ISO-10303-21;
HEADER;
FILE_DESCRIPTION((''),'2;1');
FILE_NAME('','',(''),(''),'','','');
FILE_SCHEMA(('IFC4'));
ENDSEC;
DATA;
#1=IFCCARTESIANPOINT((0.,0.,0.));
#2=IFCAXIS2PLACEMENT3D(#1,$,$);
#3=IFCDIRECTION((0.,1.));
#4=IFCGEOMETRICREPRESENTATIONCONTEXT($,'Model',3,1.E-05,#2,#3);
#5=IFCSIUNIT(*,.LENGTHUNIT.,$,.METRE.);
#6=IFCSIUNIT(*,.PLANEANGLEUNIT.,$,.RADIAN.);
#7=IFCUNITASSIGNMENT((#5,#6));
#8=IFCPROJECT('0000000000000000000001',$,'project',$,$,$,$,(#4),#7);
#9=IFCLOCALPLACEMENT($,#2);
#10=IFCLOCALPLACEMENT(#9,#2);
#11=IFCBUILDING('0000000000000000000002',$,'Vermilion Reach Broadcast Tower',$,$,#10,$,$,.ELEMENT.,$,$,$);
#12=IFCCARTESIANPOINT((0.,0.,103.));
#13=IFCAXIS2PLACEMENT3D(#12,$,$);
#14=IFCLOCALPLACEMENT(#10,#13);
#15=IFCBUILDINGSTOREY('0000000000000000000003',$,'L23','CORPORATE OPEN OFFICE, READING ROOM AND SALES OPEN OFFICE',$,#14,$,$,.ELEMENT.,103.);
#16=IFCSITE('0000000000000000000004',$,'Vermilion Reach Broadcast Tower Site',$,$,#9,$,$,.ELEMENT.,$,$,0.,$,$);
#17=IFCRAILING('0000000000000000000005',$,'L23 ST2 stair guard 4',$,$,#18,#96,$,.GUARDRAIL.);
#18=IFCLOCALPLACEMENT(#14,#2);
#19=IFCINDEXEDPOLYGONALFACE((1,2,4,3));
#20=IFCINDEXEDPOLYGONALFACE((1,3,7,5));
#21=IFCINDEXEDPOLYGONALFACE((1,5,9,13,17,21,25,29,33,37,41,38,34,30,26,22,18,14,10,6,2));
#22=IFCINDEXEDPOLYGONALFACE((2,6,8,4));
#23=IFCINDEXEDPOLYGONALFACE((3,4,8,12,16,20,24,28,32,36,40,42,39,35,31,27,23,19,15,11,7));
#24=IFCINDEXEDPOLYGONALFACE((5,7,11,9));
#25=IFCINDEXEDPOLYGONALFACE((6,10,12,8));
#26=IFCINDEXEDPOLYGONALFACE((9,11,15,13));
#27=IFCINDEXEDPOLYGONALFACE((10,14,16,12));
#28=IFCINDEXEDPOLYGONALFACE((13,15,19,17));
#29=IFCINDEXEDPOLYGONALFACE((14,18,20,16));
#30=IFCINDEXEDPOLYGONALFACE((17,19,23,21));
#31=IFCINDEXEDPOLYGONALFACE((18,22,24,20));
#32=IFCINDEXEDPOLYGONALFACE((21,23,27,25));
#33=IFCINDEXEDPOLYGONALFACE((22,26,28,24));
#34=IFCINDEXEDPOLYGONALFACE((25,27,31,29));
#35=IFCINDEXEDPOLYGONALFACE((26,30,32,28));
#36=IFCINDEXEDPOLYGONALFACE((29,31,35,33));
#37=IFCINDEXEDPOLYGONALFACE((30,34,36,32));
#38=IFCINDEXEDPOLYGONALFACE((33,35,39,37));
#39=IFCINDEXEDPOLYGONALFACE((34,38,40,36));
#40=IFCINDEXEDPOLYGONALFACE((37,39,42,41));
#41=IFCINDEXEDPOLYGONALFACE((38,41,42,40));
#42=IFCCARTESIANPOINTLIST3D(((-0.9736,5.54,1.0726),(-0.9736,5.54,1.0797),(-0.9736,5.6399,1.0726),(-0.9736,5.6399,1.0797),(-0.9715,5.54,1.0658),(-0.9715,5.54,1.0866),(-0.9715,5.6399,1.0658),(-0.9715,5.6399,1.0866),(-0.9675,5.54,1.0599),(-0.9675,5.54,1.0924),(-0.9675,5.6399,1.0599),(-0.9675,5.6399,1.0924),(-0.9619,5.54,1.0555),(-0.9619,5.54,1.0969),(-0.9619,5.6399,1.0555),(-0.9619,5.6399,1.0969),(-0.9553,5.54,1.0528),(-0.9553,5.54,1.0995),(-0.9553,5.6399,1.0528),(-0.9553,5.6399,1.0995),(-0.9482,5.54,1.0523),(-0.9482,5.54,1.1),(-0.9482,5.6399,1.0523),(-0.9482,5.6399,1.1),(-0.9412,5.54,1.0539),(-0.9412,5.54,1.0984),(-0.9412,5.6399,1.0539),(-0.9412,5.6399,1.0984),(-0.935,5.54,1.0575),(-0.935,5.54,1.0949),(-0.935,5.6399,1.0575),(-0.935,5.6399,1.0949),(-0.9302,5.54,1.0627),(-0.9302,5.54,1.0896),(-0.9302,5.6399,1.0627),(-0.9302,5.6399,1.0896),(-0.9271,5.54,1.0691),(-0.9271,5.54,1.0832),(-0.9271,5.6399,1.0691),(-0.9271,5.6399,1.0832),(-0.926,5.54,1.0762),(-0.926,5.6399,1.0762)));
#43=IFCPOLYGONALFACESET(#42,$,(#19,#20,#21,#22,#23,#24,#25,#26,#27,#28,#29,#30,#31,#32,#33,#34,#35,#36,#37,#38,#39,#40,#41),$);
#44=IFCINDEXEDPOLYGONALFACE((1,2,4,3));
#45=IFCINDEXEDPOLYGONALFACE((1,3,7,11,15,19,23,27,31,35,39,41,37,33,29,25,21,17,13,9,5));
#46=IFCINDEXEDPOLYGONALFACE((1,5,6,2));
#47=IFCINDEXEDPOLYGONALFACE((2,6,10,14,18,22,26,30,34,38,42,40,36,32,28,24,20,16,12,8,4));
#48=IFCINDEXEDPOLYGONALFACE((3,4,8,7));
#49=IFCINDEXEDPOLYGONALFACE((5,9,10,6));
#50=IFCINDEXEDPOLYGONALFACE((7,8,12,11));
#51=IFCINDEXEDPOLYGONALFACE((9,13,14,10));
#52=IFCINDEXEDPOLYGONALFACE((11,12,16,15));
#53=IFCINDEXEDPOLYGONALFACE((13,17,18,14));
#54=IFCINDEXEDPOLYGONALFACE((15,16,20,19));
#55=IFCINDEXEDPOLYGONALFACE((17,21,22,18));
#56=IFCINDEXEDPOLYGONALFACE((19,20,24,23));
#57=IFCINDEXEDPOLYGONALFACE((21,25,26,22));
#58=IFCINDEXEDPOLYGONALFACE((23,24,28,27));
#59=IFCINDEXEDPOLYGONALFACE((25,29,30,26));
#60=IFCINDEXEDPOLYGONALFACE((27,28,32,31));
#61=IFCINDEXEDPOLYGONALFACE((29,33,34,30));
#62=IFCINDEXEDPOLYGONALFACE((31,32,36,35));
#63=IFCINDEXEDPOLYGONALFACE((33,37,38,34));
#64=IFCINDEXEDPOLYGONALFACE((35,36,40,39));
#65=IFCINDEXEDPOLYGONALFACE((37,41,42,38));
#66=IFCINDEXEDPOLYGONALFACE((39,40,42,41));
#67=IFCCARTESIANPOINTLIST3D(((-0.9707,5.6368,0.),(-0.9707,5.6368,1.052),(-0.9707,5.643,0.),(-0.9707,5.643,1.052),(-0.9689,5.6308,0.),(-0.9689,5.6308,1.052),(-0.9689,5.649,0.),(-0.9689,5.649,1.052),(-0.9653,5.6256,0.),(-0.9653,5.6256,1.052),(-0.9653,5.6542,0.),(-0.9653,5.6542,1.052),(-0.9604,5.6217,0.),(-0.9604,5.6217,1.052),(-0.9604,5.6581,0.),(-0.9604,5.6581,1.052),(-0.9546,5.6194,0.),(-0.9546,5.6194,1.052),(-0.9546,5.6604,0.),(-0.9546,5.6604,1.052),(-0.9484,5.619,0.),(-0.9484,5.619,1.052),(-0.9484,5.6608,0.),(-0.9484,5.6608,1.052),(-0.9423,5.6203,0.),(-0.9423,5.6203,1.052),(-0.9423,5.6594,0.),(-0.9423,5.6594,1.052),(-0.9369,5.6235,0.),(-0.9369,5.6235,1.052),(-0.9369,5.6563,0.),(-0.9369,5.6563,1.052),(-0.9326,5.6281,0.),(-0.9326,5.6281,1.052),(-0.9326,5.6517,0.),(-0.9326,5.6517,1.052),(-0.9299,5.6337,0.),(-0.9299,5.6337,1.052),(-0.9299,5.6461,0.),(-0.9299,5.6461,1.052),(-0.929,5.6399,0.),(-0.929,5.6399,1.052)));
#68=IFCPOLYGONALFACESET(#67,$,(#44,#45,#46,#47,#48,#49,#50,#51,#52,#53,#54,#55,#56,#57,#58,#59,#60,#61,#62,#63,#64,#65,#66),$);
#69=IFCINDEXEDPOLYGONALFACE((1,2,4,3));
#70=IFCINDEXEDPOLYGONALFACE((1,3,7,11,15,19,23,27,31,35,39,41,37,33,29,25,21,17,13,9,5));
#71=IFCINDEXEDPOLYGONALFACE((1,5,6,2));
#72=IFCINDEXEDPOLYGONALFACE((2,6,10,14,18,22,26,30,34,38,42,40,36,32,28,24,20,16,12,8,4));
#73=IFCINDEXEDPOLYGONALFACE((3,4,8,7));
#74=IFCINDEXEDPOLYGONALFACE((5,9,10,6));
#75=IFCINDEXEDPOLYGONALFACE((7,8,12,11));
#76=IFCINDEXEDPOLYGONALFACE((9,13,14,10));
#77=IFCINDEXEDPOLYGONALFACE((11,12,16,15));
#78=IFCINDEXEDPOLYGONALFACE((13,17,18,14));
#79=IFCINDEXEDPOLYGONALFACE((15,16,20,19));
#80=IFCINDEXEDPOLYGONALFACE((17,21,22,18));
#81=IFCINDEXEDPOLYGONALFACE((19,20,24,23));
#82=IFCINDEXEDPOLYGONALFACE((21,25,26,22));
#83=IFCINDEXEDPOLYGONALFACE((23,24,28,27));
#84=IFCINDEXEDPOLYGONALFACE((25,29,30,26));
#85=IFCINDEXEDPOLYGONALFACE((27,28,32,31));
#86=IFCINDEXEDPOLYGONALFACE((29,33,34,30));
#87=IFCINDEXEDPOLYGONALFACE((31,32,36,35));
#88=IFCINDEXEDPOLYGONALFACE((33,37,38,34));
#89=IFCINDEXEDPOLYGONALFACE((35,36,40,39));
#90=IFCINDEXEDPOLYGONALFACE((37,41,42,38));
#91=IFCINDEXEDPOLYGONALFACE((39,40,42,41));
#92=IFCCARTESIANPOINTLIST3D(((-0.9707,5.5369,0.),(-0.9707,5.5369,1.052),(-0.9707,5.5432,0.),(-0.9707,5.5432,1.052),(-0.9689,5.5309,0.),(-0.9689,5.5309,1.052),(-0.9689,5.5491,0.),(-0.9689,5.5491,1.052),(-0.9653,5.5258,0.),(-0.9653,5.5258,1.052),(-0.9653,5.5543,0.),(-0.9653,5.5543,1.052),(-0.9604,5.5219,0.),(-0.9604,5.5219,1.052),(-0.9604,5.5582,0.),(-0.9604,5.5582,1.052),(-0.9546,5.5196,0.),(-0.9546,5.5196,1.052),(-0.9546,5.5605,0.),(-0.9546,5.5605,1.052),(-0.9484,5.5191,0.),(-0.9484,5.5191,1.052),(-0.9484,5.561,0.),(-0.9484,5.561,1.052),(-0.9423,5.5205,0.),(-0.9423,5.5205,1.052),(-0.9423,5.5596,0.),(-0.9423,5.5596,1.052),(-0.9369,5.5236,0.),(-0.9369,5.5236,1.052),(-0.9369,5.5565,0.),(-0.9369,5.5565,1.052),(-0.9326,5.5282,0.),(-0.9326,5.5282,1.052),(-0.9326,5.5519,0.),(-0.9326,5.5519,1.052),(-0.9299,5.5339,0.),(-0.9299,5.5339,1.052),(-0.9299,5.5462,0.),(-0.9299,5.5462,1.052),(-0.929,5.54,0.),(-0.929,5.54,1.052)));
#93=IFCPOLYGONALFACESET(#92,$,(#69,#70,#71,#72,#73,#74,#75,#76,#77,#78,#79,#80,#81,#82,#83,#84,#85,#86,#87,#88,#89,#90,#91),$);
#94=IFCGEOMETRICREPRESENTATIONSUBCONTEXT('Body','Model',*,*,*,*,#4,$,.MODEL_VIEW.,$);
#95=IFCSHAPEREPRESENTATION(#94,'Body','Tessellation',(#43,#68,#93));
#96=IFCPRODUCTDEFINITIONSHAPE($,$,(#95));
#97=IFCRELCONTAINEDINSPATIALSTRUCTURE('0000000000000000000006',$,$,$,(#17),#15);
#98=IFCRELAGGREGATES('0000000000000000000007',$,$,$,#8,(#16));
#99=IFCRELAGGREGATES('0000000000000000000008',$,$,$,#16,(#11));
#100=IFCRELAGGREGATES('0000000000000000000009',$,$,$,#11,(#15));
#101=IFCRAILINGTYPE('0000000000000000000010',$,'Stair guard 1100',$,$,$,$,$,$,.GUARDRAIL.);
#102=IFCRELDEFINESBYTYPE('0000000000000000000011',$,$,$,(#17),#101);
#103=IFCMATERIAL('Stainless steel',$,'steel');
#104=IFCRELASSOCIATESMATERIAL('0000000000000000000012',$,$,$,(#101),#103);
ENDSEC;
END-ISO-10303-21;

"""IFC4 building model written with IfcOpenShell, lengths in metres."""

from ifc_helpers import new_model, si_unit, direction, frame, origin, origin_2d, place, context, subcontext, project, spatial, circle, extrude, material, type_object, element, save


model = new_model("IFC4")

# Units and contexts
model_context = context("Model", 3, precision=1e-05, world=origin(), true_north=direction((0.0, 1.0)))
body_context = subcontext(model_context, "Body", "Model", "MODEL_VIEW")
ifc_project = project(units=[si_unit("LENGTHUNIT", "METRE"), si_unit("PLANEANGLEUNIT", "RADIAN")], contexts=[model_context])

# Site, building, storey
site_placement = place(None, origin())
site = spatial("IfcSite", under=ifc_project, at=site_placement, Name="Vermilion Reach Broadcast Tower Site", CompositionType="ELEMENT", RefElevation=0.0)
building_placement = place(site_placement, origin())
building = spatial("IfcBuilding", under=site, at=building_placement, Name="Vermilion Reach Broadcast Tower", CompositionType="ELEMENT")
storey_placement = place(building_placement, frame((0.0, 0.0, 103.0)))
storey = spatial("IfcBuildingStorey", under=building, at=storey_placement, Name="L23", Description="CORPORATE OPEN OFFICE, READING ROOM AND SALES OPEN OFFICE", CompositionType="ELEMENT", Elevation=103.0)

# Railing
ifc_material_1 = material(Name="Stainless steel", Category="steel")
railing_type_1 = type_object("IfcRailingType", Name="Stair guard 1100", PredefinedType="GUARDRAIL", material=ifc_material_1)
railing_1_placement = place(storey_placement, frame((-0.95, 5.6399, 0.0)))
element("IfcRailing", 1, at=railing_1_placement, inside=storey, type_object=railing_type_1, Name="L23 ST2 stair guard 4", PredefinedType="GUARDRAIL", context=body_context, shape_type="SweptSolid", body=[
    extrude(circle(Radius=0.0239, at=origin_2d()), frame((0.0, 0.0, 1.0762), z_axis=(0.0, -1.0, 0.0), x_axis=(1.0, 0.0, 0.0)), (0.0, 0.0, 1.0), 0.0999),
    extrude(circle(Radius=0.021, at=origin_2d()), origin(), (0.0, 0.0, 1.0), 1.052),
    extrude(circle(Radius=0.021, at=origin_2d()), frame((0.0, -0.0999, 0.0)), (0.0, 0.0, 1.0), 1.052),
])

save(model, "model.ifc")
